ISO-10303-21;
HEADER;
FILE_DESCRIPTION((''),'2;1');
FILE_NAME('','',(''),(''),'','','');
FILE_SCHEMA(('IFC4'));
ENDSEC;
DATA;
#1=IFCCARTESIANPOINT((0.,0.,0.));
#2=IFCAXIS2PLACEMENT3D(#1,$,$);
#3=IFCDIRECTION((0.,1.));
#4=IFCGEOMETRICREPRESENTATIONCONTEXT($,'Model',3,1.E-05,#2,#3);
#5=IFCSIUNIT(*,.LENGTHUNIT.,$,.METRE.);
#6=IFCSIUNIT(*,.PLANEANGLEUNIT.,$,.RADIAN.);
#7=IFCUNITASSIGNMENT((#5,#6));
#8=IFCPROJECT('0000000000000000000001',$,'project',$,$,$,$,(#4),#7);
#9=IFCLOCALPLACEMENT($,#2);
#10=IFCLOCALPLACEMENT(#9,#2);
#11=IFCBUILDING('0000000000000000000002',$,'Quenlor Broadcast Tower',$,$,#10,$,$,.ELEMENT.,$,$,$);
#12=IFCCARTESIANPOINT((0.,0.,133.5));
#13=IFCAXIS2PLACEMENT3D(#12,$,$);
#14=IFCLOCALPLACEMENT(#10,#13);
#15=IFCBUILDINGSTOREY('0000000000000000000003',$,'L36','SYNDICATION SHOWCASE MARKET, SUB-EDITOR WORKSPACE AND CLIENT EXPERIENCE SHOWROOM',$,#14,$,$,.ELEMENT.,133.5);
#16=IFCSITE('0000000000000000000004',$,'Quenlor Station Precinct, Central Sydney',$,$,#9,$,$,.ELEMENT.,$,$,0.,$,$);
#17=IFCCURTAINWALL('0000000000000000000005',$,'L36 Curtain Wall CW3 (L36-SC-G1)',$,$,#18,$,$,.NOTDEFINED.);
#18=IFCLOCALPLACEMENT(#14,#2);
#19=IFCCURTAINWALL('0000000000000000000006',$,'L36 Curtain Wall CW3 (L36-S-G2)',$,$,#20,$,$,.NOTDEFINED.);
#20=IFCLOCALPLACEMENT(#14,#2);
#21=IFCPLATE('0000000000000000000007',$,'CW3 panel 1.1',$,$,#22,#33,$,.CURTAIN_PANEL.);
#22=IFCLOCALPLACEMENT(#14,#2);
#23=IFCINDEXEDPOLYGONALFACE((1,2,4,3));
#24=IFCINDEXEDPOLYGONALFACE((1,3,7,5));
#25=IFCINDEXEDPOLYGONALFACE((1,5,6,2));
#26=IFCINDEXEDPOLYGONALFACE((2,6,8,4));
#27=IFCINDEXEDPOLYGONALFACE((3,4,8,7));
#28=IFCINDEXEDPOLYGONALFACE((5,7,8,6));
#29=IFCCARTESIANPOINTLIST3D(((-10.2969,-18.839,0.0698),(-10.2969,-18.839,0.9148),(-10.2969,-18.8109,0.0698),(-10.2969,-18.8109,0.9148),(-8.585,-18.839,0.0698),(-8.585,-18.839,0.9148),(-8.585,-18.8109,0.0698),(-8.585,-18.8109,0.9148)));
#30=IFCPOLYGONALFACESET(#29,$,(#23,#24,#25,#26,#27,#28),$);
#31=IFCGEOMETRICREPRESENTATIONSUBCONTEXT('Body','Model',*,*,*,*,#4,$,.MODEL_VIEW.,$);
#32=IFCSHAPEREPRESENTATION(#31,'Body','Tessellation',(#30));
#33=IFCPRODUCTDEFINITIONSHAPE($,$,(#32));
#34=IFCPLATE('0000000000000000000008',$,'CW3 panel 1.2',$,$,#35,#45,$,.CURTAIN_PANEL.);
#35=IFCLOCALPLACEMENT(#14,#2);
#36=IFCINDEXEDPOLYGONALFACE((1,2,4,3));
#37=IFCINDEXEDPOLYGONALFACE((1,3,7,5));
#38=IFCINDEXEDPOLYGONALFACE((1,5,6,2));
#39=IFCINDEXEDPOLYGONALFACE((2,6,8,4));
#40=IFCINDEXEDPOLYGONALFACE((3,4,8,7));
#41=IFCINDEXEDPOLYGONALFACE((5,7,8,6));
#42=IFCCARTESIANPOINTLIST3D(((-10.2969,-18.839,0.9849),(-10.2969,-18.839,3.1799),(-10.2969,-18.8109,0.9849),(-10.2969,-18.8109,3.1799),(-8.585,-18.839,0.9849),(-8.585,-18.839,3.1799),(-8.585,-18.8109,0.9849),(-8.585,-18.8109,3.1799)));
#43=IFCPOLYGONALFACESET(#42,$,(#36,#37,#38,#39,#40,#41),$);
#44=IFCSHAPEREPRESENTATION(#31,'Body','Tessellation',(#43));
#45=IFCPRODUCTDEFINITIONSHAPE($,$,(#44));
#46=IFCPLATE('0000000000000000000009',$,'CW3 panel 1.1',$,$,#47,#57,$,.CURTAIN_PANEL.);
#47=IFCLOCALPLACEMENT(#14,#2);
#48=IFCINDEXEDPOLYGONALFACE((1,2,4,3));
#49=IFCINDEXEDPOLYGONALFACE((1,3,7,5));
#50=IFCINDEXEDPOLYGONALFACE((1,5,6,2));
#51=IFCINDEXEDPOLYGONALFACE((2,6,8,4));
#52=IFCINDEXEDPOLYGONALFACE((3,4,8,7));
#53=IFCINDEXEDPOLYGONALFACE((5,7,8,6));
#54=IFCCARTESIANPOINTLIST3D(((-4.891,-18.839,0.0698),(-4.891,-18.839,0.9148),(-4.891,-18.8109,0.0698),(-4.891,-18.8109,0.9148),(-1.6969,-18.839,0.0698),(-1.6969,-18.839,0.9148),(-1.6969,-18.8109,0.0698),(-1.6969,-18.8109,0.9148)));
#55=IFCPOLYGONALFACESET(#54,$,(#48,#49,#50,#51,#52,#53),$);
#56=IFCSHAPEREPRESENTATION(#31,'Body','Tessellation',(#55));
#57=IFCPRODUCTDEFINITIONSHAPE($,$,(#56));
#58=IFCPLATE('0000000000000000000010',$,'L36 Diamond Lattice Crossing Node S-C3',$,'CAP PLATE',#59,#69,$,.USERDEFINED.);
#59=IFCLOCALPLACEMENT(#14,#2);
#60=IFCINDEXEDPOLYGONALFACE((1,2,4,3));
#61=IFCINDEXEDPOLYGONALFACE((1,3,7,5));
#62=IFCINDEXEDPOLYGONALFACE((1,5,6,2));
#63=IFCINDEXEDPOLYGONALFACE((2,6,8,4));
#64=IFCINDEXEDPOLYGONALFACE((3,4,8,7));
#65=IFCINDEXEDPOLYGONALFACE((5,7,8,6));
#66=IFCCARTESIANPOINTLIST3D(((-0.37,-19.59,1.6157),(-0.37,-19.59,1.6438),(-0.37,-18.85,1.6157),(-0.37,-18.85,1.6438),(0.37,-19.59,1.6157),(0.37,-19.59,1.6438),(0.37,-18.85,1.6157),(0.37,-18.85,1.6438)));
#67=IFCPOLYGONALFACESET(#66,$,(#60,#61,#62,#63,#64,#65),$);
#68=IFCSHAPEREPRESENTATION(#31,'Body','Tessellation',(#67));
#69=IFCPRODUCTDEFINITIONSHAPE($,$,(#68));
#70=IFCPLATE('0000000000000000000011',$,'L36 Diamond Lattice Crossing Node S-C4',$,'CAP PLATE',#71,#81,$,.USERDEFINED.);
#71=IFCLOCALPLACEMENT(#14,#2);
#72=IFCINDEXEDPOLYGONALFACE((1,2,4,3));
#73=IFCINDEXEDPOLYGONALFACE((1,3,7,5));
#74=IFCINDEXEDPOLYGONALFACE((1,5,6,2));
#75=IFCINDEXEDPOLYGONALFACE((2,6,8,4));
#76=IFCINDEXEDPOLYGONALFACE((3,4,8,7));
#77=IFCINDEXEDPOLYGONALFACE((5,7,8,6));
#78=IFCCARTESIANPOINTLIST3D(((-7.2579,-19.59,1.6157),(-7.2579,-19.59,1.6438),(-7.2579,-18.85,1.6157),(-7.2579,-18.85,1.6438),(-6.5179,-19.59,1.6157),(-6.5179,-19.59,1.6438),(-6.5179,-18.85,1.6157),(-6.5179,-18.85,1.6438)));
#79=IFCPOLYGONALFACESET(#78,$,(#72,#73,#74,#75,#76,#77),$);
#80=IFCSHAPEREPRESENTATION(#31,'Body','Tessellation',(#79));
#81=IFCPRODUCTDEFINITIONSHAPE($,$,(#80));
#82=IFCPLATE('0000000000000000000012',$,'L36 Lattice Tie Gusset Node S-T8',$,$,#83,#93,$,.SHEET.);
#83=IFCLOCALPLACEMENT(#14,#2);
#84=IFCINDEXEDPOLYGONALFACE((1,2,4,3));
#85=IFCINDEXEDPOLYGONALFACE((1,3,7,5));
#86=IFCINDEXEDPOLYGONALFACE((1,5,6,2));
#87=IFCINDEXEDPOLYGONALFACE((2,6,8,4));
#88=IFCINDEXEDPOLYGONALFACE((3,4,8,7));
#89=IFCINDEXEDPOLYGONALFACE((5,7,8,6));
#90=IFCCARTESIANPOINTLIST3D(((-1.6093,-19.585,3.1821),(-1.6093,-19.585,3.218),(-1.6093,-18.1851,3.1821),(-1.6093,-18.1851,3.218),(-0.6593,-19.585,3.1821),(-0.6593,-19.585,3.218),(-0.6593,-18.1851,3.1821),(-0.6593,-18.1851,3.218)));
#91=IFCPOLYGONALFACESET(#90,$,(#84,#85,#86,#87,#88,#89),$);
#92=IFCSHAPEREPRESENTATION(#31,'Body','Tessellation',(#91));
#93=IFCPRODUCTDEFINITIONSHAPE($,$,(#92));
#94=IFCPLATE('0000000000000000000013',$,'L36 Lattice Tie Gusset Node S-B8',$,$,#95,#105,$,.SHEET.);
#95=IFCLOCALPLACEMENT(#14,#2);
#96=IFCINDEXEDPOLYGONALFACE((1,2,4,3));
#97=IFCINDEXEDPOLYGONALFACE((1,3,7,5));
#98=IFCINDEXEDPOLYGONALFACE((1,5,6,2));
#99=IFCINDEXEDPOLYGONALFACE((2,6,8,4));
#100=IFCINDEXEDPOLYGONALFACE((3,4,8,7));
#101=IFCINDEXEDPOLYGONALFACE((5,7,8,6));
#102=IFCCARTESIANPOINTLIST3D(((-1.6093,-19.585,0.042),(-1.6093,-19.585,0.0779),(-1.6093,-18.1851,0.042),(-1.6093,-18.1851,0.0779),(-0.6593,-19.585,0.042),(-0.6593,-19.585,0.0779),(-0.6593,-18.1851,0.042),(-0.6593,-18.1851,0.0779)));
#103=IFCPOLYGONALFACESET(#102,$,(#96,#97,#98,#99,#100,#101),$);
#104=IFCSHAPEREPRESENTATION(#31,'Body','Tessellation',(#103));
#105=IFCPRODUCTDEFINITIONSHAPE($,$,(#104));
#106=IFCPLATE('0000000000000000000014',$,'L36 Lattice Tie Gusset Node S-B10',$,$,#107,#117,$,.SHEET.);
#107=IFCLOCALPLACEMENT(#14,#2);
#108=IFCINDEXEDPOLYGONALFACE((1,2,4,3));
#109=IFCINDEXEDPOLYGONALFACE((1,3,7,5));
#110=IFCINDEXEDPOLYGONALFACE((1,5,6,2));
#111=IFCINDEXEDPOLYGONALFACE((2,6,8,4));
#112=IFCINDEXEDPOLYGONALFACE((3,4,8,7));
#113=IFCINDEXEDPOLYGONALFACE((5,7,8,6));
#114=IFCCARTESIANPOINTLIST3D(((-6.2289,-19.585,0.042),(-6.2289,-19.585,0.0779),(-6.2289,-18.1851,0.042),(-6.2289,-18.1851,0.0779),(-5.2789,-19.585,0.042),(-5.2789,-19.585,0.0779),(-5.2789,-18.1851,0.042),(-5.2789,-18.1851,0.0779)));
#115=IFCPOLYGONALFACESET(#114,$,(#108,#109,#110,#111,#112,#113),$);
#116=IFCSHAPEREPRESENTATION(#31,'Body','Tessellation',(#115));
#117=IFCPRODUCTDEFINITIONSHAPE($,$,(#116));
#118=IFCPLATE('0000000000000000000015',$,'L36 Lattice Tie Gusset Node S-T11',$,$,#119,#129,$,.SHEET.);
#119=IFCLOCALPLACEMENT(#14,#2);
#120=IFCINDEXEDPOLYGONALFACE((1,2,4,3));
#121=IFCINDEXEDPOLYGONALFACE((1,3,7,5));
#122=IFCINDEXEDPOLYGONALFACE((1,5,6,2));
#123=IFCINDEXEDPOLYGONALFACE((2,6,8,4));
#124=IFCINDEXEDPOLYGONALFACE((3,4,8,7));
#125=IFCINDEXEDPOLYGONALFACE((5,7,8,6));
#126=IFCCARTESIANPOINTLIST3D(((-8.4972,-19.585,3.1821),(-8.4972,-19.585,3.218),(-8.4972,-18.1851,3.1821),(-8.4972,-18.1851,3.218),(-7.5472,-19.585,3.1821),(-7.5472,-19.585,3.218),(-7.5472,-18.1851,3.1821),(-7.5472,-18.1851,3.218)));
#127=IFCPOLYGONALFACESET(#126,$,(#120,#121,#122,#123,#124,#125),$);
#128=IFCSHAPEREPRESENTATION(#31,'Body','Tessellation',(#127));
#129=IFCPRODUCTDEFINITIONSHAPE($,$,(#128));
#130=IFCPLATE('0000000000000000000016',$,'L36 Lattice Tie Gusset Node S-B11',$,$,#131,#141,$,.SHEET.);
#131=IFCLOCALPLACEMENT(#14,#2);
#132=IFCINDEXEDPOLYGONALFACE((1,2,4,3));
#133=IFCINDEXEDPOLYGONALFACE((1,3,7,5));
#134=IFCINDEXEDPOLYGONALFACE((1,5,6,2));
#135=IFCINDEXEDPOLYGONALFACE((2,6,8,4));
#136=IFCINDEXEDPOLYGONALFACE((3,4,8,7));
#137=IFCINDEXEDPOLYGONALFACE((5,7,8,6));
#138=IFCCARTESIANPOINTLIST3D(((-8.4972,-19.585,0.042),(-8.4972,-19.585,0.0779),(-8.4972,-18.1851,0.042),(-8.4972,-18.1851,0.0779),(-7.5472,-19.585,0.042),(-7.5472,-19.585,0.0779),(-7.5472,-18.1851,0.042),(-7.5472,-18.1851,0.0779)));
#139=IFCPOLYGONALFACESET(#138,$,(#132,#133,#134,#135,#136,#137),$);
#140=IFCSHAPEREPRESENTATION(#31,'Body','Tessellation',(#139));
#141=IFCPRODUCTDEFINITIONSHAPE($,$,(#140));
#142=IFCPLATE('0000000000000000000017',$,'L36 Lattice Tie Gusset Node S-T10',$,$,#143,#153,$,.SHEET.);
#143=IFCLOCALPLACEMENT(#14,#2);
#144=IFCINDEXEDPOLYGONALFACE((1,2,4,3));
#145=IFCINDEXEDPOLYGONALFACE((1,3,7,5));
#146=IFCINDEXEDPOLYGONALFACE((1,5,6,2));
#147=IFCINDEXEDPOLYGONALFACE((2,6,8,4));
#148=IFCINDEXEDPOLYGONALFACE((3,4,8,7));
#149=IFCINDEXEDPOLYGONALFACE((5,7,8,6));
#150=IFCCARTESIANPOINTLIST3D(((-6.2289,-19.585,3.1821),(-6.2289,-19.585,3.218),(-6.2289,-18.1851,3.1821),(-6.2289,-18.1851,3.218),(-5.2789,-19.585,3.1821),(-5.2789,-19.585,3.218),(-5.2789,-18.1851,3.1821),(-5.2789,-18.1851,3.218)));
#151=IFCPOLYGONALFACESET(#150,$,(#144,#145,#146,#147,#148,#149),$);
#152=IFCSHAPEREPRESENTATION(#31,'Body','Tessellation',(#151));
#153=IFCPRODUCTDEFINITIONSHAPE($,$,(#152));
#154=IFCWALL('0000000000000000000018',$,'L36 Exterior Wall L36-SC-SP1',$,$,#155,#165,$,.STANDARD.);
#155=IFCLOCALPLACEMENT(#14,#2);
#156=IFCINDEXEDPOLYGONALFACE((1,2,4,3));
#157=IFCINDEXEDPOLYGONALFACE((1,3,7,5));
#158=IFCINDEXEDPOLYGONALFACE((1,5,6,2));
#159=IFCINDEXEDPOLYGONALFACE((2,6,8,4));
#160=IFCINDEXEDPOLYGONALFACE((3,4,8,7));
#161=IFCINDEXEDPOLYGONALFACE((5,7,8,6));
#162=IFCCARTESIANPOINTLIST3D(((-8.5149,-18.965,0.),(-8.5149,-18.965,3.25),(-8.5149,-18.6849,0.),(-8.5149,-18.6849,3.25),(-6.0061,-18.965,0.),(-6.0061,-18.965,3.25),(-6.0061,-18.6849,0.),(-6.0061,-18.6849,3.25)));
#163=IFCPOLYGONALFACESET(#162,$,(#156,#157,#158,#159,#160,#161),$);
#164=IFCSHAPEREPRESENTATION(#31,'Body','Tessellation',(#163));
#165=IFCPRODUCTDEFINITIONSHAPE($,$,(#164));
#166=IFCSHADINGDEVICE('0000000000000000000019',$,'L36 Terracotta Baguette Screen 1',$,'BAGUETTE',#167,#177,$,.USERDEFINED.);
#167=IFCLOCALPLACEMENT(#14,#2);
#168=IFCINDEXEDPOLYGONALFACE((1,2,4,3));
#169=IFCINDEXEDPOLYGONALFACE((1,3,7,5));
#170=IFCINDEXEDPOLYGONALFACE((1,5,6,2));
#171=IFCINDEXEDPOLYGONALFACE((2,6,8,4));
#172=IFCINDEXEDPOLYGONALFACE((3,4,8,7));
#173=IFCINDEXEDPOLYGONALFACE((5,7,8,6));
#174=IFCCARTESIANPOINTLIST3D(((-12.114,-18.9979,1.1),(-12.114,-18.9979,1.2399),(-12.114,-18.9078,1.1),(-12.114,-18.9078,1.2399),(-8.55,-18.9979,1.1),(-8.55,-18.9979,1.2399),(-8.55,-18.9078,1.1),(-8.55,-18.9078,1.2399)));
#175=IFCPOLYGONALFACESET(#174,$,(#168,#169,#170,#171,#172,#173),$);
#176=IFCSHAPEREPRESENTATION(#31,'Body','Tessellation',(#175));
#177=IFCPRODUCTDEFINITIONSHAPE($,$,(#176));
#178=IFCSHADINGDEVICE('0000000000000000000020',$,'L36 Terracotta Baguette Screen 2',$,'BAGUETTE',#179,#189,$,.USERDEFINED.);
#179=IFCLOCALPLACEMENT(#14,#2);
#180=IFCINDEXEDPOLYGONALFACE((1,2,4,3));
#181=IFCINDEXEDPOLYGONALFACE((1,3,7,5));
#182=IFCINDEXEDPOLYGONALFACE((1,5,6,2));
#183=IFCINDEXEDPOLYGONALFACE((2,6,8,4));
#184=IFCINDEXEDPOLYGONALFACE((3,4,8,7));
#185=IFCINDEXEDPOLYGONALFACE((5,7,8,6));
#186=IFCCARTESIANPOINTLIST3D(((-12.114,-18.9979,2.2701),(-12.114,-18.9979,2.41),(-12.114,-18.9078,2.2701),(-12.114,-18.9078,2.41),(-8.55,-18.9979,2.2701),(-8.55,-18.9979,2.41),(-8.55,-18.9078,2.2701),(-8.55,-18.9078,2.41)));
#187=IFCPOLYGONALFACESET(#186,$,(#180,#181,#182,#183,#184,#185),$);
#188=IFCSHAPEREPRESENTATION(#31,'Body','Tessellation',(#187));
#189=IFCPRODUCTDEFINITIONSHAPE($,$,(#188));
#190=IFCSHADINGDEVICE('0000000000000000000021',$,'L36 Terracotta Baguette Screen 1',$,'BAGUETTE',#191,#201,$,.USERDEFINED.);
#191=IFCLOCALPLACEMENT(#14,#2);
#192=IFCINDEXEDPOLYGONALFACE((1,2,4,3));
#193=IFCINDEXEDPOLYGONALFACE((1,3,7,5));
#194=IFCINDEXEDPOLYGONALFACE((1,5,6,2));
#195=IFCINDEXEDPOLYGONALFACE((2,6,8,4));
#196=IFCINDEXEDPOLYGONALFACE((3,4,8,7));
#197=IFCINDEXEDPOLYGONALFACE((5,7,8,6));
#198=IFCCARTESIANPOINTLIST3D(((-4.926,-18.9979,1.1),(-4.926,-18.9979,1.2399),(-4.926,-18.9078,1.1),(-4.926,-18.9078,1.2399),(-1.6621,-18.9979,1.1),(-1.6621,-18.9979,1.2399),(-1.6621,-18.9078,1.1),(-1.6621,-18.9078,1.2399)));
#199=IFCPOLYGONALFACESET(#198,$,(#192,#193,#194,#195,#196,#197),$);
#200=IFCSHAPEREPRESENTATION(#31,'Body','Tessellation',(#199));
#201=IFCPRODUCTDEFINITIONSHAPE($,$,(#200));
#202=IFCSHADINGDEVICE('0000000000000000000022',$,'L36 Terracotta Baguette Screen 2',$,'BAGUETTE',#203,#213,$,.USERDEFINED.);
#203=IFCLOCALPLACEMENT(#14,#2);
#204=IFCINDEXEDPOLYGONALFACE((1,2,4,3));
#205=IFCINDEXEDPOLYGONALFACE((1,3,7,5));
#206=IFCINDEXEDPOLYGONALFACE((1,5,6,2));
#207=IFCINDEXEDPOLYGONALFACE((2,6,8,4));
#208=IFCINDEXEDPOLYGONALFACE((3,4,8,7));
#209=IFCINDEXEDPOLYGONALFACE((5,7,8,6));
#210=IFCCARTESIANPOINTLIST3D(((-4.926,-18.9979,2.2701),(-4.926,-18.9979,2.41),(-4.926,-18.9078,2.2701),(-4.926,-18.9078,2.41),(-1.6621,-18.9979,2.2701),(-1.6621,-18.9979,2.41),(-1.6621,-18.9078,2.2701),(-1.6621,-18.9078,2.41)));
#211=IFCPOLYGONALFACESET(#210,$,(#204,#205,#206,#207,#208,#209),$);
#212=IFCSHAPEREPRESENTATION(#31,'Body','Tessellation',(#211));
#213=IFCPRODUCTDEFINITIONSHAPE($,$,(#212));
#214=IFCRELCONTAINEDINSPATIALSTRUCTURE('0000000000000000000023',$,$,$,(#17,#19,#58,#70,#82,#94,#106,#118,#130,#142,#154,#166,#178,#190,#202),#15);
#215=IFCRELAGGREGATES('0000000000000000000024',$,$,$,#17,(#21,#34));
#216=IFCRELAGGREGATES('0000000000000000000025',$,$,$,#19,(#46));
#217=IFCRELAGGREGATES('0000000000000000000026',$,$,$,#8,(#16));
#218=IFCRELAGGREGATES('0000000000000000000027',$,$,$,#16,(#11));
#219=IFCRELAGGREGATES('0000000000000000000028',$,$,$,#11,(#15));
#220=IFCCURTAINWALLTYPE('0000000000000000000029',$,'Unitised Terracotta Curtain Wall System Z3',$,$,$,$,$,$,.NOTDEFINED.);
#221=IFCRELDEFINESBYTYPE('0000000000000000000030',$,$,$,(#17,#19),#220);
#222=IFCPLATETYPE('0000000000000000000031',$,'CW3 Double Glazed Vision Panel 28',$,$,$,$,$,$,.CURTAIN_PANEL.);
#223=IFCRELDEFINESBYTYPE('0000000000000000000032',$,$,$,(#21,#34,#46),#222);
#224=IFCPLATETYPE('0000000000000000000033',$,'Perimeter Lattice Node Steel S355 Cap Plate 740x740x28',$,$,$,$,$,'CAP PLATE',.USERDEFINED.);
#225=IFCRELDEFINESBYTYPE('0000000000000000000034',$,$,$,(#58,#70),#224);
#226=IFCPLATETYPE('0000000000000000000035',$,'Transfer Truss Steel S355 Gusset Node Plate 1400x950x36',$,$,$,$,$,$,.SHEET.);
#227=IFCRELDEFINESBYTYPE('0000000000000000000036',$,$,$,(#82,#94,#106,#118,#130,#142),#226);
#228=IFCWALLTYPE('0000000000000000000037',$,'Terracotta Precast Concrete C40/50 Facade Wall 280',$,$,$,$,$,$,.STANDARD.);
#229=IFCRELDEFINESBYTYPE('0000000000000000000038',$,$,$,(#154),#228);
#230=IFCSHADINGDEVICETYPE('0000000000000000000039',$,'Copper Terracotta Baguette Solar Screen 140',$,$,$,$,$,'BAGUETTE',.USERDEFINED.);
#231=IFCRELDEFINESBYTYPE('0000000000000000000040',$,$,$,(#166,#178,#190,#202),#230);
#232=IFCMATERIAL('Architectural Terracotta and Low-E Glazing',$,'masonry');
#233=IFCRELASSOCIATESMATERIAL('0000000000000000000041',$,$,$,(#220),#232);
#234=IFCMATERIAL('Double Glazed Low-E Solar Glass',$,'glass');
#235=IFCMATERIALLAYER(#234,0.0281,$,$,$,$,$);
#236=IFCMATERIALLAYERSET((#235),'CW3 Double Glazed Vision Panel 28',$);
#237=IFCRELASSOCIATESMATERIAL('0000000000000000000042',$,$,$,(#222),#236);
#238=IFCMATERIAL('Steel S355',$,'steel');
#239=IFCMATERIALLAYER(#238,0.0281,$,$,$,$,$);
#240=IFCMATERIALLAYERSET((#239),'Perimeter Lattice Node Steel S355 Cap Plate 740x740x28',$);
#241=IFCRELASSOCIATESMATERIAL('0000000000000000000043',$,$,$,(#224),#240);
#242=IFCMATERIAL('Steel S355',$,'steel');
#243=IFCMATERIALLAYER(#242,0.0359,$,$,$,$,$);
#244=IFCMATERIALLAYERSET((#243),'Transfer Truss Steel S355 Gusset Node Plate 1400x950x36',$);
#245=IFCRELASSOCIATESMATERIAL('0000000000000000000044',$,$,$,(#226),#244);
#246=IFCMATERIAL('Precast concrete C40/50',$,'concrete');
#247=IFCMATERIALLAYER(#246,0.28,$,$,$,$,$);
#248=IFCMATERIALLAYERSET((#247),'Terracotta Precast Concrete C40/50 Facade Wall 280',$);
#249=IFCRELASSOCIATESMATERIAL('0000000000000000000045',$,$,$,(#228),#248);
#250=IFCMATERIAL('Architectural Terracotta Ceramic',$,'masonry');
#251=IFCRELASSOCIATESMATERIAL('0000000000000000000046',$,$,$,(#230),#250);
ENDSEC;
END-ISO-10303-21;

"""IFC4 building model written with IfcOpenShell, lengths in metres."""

from ifc_helpers import new_model, si_unit, direction, frame, frame_2d, origin, origin_2d, place, context, subcontext, project, spatial, rectangle, extrude, material, layer, layer_set, material_profile, profile_set, type_object, element, aggregate, save


model = new_model("IFC4")

# Units and contexts
model_context = context("Model", 3, precision=1e-05, world=origin(), true_north=direction((0.0, 1.0)))
body_context = subcontext(model_context, "Body", "Model", "MODEL_VIEW")
ifc_project = project(units=[si_unit("LENGTHUNIT", "METRE"), si_unit("PLANEANGLEUNIT", "RADIAN")], contexts=[model_context])

# Site, building, storey
site_placement = place(None, origin())
site = spatial("IfcSite", under=ifc_project, at=site_placement, Name="Quenlor Station Precinct, Central Sydney", CompositionType="ELEMENT", RefElevation=0.0)
building_placement = place(site_placement, origin())
building = spatial("IfcBuilding", under=site, at=building_placement, Name="Quenlor Broadcast Tower", CompositionType="ELEMENT")
storey_placement = place(building_placement, frame((0.0, 0.0, 133.5)))
storey = spatial("IfcBuildingStorey", under=building, at=storey_placement, Name="L36", Description="SYNDICATION SHOWCASE MARKET, SUB-EDITOR WORKSPACE AND CLIENT EXPERIENCE SHOWROOM", CompositionType="ELEMENT", Elevation=133.5)

# Curtain wall
ifc_material_1 = material(Name="Architectural Terracotta and Low-E Glazing", Category="masonry")
curtain_wall_type = type_object("IfcCurtainWallType", Name="Unitised Terracotta Curtain Wall System Z3", PredefinedType="NOTDEFINED", material=ifc_material_1)
curtain_wall_1_placement = place(storey_placement, origin())
curtain_wall_1 = element("IfcCurtainWall", 1, at=curtain_wall_1_placement, inside=storey, type_object=curtain_wall_type, Name="L36 Curtain Wall CW3 (L36-SC-G1)", PredefinedType="NOTDEFINED")

# Curtain wall
curtain_wall_2_placement = place(storey_placement, origin())
curtain_wall_2 = element("IfcCurtainWall", 2, at=curtain_wall_2_placement, inside=storey, type_object=curtain_wall_type, Name="L36 Curtain Wall CW3 (L36-S-G2)", PredefinedType="NOTDEFINED")

# Plates
ifc_material_2 = material(Name="Double Glazed Low-E Solar Glass", Category="glass")
ifc_layer_1 = layer(ifc_material_2, 0.0281)
ifc_layer_set_1 = layer_set([ifc_layer_1], Name="CW3 Double Glazed Vision Panel 28")
plate_type_1 = type_object("IfcPlateType", Name="CW3 Double Glazed Vision Panel 28", PredefinedType="CURTAIN_PANEL", material=ifc_layer_set_1)
plate_1_placement = place(storey_placement, frame((-9.4409, -18.825, 0.0698), z_axis=(0.0, 0.0, 1.0), x_axis=(-1.0, 0.0, 0.0)))
plate_1 = element("IfcPlate", 3, at=plate_1_placement, type_object=plate_type_1, Name="CW3 panel 1.1", PredefinedType="CURTAIN_PANEL", context=body_context, shape_type="SweptSolid", body=[
    extrude(rectangle(XDim=1.7119, YDim=0.0281, at=origin_2d()), origin(), (0.0, 0.0, 1.0), 0.845),
])
plate_2_placement = place(storey_placement, frame((-9.4409, -18.825, 0.9849), z_axis=(0.0, 0.0, 1.0), x_axis=(-1.0, 0.0, 0.0)))
plate_2 = element("IfcPlate", 4, at=plate_2_placement, type_object=plate_type_1, Name="CW3 panel 1.2", PredefinedType="CURTAIN_PANEL", context=body_context, shape_type="SweptSolid", body=[
    extrude(rectangle(XDim=1.7119, YDim=0.0281, at=origin_2d()), origin(), (0.0, 0.0, 1.0), 2.1951),
])
aggregate(curtain_wall_1, [plate_1, plate_2])
plate_3_placement = place(storey_placement, frame((-3.2939, -18.825, 0.0698), z_axis=(0.0, 0.0, 1.0), x_axis=(-1.0, 0.0, 0.0)))
plate_3 = element("IfcPlate", 5, at=plate_3_placement, type_object=plate_type_1, Name="CW3 panel 1.1", PredefinedType="CURTAIN_PANEL", context=body_context, shape_type="SweptSolid", body=[
    extrude(rectangle(XDim=3.1941, YDim=0.0281, at=origin_2d()), origin(), (0.0, 0.0, 1.0), 0.845),
])
aggregate(curtain_wall_2, [plate_3])

# Plates
ifc_material_3 = material(Name="Steel S355", Category="steel")
ifc_layer_2 = layer(ifc_material_3, 0.0281)
ifc_layer_set_2 = layer_set([ifc_layer_2], Name="Perimeter Lattice Node Steel S355 Cap Plate 740x740x28")
plate_type_2 = type_object("IfcPlateType", Name="Perimeter Lattice Node Steel S355 Cap Plate 740x740x28", ElementType="CAP PLATE", PredefinedType="USERDEFINED", material=ifc_layer_set_2)
for number, where, z_axis, x_axis, name in (
    (6, (0.0, -19.22, 1.6157), (0.0, 0.0, 1.0), (-1.0, 0.0, 0.0), "L36 Diamond Lattice Crossing Node S-C3"),
    (7, (-6.8879, -19.22, 1.6157), (0.0, 0.0, 1.0), (-1.0, 0.0, 0.0), "L36 Diamond Lattice Crossing Node S-C4"),
):
    element("IfcPlate", number, at=place(storey_placement, frame(where, z_axis=z_axis, x_axis=x_axis)), inside=storey, type_object=plate_type_2, Name=name, ObjectType="CAP PLATE", PredefinedType="USERDEFINED", context=body_context, shape_type="SweptSolid", body=[
        extrude(rectangle(XDim=0.74, YDim=0.74, at=origin_2d()), origin(), (0.0, 0.0, 1.0), 0.0281),
    ])
ifc_material_4 = material(Name="Steel S355", Category="steel")
ifc_layer_3 = layer(ifc_material_4, 0.0359)
ifc_layer_set_3 = layer_set([ifc_layer_3], Name="Transfer Truss Steel S355 Gusset Node Plate 1400x950x36")
plate_type_3 = type_object("IfcPlateType", Name="Transfer Truss Steel S355 Gusset Node Plate 1400x950x36", PredefinedType="SHEET", material=ifc_layer_set_3)
for number, where, z_axis, x_axis, name in (
    (8, (-1.1343, -18.885, 3.1821), (0.0, 0.0, 1.0), (0.0, -1.0, 0.0), "L36 Lattice Tie Gusset Node S-T8"),
    (9, (-1.1343, -18.885, 0.042), (0.0, 0.0, 1.0), (0.0, -1.0, 0.0), "L36 Lattice Tie Gusset Node S-B8"),
    (10, (-5.7539, -18.885, 0.042), (0.0, 0.0, 1.0), (0.0, -1.0, 0.0), "L36 Lattice Tie Gusset Node S-B10"),
    (11, (-8.0222, -18.885, 3.1821), (0.0, 0.0, 1.0), (0.0, -1.0, 0.0), "L36 Lattice Tie Gusset Node S-T11"),
    (12, (-8.0222, -18.885, 0.042), (0.0, 0.0, 1.0), (0.0, -1.0, 0.0), "L36 Lattice Tie Gusset Node S-B11"),
    (13, (-5.7539, -18.885, 3.1821), (0.0, 0.0, 1.0), (0.0, -1.0, 0.0), "L36 Lattice Tie Gusset Node S-T10"),
):
    element("IfcPlate", number, at=place(storey_placement, frame(where, z_axis=z_axis, x_axis=x_axis)), inside=storey, type_object=plate_type_3, Name=name, PredefinedType="SHEET", context=body_context, shape_type="SweptSolid", body=[
        extrude(rectangle(XDim=1.3999, YDim=0.95, at=origin_2d()), origin(), (0.0, 0.0, 1.0), 0.0359),
    ])

# Wall
ifc_material_5 = material(Name="Precast concrete C40/50", Category="concrete")
ifc_layer_4 = layer(ifc_material_5, 0.28)
ifc_layer_set_4 = layer_set([ifc_layer_4], Name="Terracotta Precast Concrete C40/50 Facade Wall 280")
wall_type = type_object("IfcWallType", Name="Terracotta Precast Concrete C40/50 Facade Wall 280", PredefinedType="STANDARD", material=ifc_layer_set_4)
wall_placement = place(storey_placement, frame((-6.0061, -18.825, 0.0), z_axis=(0.0, 0.0, 1.0), x_axis=(-1.0, 0.0, 0.0)))
element("IfcWall", 14, at=wall_placement, inside=storey, type_object=wall_type, Name="L36 Exterior Wall L36-SC-SP1", PredefinedType="STANDARD", context=body_context, shape_type="SweptSolid", body=[
    extrude(rectangle(XDim=2.5088, YDim=0.28, at=frame_2d((1.2544, 0.0))), origin(), (0.0, 0.0, 1.0), 3.25),
])

# Shading devices
ifc_material_6 = material(Name="Architectural Terracotta Ceramic", Category="masonry")
ifc_material_profile_1 = material_profile(ifc_material_6, rectangle(XDim=0.0901, YDim=0.1399, at=origin_2d()))
ifc_profile_set_1 = profile_set([ifc_material_profile_1], Name="Architectural Terracotta Ceramic BAG90x140")
shading_device_type = type_object("IfcShadingDeviceType", Name="Copper Terracotta Baguette Solar Screen 140", ElementType="BAGUETTE", PredefinedType="USERDEFINED", material=ifc_profile_set_1)
for number, where, z_axis, x_axis, name in (
    (15, (-8.55, -18.9529, 1.1699), (-1.0, 0.0, 0.0), (0.0, -1.0, 0.0), "L36 Terracotta Baguette Screen 1"),
    (16, (-8.55, -18.9529, 2.3401), (-1.0, 0.0, 0.0), (0.0, -1.0, 0.0), "L36 Terracotta Baguette Screen 2"),
):
    element("IfcShadingDevice", number, at=place(storey_placement, frame(where, z_axis=z_axis, x_axis=x_axis)), inside=storey, type_object=shading_device_type, Name=name, ObjectType="BAGUETTE", PredefinedType="USERDEFINED", context=body_context, shape_type="SweptSolid", body=[
        extrude(rectangle(XDim=0.0901, YDim=0.1399, at=origin_2d()), origin(), (0.0, 0.0, 1.0), 3.564),
    ])
for number, where, z_axis, x_axis, name in (
    (17, (-1.6621, -18.9529, 1.1699), (-1.0, 0.0, 0.0), (0.0, -1.0, 0.0), "L36 Terracotta Baguette Screen 1"),
    (18, (-1.6621, -18.9529, 2.3401), (-1.0, 0.0, 0.0), (0.0, -1.0, 0.0), "L36 Terracotta Baguette Screen 2"),
):
    element("IfcShadingDevice", number, at=place(storey_placement, frame(where, z_axis=z_axis, x_axis=x_axis)), inside=storey, type_object=shading_device_type, Name=name, ObjectType="BAGUETTE", PredefinedType="USERDEFINED", context=body_context, shape_type="SweptSolid", body=[
        extrude(rectangle(XDim=0.0901, YDim=0.1399, at=origin_2d()), origin(), (0.0, 0.0, 1.0), 3.2639),
    ])

save(model, "model.ifc")
